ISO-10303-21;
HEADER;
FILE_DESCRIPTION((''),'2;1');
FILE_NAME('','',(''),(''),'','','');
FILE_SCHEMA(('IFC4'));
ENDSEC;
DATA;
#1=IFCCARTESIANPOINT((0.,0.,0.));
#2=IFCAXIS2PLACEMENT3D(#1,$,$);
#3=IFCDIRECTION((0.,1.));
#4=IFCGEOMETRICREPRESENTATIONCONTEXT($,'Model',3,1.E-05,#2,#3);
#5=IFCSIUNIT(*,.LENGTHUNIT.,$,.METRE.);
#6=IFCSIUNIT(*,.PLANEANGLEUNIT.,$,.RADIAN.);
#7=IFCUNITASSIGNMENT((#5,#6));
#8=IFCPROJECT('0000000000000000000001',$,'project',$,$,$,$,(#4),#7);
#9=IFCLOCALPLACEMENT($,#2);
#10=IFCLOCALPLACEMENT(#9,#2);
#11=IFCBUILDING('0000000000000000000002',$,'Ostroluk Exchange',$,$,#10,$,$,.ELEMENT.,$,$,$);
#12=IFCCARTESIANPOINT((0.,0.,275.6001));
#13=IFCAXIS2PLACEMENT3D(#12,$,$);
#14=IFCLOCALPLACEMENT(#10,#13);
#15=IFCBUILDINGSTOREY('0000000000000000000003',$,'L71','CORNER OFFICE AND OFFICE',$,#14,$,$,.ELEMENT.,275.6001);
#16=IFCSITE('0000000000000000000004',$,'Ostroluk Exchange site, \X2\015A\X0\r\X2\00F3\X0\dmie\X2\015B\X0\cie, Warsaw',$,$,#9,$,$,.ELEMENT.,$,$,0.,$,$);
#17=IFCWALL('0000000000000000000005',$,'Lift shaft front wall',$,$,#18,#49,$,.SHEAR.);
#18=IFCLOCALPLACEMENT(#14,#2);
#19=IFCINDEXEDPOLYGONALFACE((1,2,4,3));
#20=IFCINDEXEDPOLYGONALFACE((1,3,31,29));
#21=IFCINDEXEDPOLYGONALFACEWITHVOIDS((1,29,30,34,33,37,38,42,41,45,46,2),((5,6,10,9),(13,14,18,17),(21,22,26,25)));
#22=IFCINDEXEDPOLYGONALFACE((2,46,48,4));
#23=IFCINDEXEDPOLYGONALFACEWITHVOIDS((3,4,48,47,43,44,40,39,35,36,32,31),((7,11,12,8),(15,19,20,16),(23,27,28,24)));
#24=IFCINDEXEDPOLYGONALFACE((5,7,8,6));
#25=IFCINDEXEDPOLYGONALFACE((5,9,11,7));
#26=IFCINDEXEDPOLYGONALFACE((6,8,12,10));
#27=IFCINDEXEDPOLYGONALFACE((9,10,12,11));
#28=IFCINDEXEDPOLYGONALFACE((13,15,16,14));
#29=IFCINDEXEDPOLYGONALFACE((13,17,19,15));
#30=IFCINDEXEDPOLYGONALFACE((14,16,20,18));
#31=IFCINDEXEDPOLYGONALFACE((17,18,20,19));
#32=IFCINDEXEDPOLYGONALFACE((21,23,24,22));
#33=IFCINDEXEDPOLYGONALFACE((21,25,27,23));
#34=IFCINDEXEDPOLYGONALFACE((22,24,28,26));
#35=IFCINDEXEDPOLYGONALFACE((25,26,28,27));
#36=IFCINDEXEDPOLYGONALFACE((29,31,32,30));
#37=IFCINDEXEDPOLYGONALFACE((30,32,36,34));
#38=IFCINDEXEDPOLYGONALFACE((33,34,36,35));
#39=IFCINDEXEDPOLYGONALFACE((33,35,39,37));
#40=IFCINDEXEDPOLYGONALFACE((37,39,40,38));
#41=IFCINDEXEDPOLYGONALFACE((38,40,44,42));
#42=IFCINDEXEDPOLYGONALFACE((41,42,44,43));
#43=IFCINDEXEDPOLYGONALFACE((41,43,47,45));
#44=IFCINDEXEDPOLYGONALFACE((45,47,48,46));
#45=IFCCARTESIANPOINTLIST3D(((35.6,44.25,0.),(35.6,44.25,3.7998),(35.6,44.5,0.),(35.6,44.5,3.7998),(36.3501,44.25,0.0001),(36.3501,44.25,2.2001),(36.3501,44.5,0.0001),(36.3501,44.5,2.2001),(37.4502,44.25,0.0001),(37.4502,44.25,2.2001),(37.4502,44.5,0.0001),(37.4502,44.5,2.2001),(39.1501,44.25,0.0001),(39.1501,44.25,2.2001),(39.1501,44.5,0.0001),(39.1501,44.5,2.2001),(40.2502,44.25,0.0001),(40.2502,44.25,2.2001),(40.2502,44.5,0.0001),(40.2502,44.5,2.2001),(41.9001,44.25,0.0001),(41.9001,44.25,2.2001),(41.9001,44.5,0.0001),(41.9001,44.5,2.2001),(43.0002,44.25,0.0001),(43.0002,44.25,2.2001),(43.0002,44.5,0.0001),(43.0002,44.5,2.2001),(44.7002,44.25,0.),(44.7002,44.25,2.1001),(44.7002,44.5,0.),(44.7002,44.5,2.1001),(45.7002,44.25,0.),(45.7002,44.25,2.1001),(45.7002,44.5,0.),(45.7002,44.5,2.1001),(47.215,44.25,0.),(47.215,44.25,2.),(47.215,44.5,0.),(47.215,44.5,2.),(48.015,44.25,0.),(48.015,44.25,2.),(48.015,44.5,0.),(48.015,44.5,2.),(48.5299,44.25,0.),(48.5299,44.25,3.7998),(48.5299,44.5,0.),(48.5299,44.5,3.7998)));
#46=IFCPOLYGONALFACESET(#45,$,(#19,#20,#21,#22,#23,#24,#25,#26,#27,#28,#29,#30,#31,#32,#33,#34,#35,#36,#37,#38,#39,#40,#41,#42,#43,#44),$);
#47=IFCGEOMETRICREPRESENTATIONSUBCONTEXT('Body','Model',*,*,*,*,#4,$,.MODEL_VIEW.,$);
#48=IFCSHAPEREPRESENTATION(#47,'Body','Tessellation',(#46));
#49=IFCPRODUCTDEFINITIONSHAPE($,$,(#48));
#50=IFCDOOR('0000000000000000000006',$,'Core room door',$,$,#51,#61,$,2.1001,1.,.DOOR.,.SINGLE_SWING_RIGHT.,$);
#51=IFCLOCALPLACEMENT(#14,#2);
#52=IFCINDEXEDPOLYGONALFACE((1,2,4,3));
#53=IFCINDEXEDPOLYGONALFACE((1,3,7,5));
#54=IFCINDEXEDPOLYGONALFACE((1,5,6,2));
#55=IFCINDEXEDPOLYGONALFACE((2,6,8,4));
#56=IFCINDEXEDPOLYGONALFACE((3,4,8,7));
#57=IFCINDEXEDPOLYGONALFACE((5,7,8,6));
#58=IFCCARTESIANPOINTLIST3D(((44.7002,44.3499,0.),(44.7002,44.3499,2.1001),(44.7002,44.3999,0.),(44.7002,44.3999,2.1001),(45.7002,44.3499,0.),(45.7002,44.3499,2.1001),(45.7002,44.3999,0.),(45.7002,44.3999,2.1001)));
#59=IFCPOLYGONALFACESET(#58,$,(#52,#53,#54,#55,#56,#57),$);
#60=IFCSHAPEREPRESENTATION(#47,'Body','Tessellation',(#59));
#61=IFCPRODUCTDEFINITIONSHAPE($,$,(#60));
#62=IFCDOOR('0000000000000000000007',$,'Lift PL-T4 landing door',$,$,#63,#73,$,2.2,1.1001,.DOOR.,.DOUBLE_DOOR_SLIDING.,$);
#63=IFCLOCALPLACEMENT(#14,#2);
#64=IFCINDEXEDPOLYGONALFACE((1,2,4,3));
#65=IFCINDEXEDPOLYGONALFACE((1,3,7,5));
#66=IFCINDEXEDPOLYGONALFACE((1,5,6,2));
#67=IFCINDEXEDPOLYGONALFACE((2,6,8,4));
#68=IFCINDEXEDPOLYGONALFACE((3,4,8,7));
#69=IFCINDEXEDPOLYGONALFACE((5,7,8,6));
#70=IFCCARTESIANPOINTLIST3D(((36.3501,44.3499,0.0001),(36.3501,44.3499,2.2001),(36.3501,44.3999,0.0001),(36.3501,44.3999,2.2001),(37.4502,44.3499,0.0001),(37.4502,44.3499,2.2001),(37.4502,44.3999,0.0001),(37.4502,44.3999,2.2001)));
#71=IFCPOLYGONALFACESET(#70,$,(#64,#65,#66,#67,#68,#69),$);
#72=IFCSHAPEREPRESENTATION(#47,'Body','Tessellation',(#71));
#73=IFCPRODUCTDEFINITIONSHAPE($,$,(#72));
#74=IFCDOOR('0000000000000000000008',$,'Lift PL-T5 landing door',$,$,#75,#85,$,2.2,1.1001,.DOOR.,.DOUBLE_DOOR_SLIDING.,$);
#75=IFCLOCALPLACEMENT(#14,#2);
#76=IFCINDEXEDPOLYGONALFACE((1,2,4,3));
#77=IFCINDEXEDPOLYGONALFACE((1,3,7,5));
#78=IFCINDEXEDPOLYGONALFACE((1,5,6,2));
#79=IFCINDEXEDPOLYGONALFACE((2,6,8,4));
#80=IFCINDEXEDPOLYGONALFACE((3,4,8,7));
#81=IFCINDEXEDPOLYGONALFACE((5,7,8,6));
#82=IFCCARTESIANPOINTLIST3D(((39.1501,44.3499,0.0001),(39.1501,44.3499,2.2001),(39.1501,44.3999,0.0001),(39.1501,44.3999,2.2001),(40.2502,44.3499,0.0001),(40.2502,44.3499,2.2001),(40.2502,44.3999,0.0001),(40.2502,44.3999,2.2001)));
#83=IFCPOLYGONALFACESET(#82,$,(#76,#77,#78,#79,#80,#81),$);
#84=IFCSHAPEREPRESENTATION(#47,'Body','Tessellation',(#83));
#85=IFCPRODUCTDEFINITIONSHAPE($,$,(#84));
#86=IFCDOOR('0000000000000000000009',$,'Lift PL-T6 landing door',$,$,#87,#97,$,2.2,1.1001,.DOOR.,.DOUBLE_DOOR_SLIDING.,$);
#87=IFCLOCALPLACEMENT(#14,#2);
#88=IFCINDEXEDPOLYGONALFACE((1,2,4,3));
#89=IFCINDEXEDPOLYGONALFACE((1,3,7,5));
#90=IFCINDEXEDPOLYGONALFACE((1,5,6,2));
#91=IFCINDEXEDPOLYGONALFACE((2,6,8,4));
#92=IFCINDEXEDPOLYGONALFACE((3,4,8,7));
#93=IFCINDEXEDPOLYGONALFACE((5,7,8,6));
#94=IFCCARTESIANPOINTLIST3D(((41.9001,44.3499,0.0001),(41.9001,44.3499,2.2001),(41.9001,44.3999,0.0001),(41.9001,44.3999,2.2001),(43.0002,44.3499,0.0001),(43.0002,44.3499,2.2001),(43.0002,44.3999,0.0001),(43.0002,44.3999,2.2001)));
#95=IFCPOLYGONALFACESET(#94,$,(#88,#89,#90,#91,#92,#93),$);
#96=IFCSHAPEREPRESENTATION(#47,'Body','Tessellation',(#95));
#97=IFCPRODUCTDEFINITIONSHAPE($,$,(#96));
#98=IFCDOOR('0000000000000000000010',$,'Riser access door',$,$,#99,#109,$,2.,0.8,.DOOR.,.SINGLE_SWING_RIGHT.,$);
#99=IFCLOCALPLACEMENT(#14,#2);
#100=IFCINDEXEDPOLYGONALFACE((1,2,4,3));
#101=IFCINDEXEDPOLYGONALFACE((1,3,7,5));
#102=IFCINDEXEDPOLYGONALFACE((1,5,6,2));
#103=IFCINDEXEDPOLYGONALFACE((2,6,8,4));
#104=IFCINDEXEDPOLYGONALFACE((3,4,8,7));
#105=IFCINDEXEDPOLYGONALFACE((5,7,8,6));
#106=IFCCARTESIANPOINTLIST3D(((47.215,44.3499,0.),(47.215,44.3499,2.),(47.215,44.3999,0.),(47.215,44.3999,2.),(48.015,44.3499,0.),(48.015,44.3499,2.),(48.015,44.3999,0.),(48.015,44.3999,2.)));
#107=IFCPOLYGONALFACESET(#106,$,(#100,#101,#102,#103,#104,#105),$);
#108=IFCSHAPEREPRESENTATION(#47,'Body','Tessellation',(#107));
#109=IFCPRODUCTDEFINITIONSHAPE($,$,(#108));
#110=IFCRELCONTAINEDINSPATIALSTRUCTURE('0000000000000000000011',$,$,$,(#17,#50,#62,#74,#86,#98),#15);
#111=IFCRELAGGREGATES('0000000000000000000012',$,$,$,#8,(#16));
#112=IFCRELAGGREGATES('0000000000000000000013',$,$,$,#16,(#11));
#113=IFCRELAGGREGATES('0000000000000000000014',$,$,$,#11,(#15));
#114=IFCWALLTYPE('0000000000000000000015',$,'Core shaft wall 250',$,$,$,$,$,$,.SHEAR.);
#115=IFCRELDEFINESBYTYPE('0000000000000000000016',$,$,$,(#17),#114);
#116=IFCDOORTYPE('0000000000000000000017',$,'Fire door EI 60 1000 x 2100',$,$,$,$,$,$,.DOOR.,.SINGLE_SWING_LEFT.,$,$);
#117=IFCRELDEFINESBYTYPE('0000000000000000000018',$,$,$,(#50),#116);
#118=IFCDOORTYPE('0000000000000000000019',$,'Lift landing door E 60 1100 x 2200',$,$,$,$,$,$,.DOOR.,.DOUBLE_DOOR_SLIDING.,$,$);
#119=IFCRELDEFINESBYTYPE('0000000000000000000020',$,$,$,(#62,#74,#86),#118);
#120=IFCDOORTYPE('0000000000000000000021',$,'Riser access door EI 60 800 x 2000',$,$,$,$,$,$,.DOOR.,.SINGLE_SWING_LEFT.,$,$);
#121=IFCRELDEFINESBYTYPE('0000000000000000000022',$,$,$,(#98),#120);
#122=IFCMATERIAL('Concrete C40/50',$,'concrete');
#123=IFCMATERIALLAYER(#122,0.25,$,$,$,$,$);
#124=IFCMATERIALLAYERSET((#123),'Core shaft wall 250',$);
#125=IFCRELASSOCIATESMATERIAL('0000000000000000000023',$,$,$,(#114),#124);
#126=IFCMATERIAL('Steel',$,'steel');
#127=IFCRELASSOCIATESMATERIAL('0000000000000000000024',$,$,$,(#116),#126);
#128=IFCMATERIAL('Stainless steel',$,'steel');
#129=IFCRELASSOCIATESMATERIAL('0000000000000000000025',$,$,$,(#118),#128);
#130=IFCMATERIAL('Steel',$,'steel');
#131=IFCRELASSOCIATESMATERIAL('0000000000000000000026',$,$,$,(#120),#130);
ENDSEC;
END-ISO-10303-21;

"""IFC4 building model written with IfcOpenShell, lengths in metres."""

from ifc_helpers import new_model, si_unit, direction, frame, frame_2d, origin, place, context, subcontext, project, spatial, rectangle, extrude, material, layer, layer_set, type_object, element, fill, save


model = new_model("IFC4")

# Units and contexts
model_context = context("Model", 3, precision=1e-05, world=origin(), true_north=direction((0.0, 1.0)))
body_context = subcontext(model_context, "Body", "Model", "MODEL_VIEW")
ifc_project = project(units=[si_unit("LENGTHUNIT", "METRE"), si_unit("PLANEANGLEUNIT", "RADIAN")], contexts=[model_context])

# Site, building, storey
site_placement = place(None, origin())
site = spatial("IfcSite", under=ifc_project, at=site_placement, Name="Ostroluk Exchange site, Śródmieście, Warsaw", CompositionType="ELEMENT", RefElevation=0.0)
building_placement = place(site_placement, origin())
building = spatial("IfcBuilding", under=site, at=building_placement, Name="Ostroluk Exchange", CompositionType="ELEMENT")
storey_placement = place(building_placement, frame((0.0, 0.0, 275.6001)))
storey = spatial("IfcBuildingStorey", under=building, at=storey_placement, Name="L71", Description="CORNER OFFICE AND OFFICE", CompositionType="ELEMENT", Elevation=275.6001)

# Shared definitions
ifc_material_1 = material(Name="Concrete C40/50", Category="concrete")
ifc_layer = layer(ifc_material_1, 0.25)
ifc_layer_set = layer_set([ifc_layer], Name="Core shaft wall 250")
wall_type = type_object("IfcWallType", Name="Core shaft wall 250", PredefinedType="SHEAR", material=ifc_layer_set)

# Wall, openings, doors
ifc_material_2 = material(Name="Steel", Category="steel")
door_type_1 = type_object("IfcDoorType", Name="Fire door EI 60 1000 x 2100", OperationType="SINGLE_SWING_LEFT", PredefinedType="DOOR", material=ifc_material_2)
ifc_material_3 = material(Name="Stainless steel", Category="steel")
door_type_2 = type_object("IfcDoorType", Name="Lift landing door E 60 1100 x 2200", OperationType="DOUBLE_DOOR_SLIDING", PredefinedType="DOOR", material=ifc_material_3)
ifc_material_4 = material(Name="Steel", Category="steel")
door_type_3 = type_object("IfcDoorType", Name="Riser access door EI 60 800 x 2000", OperationType="SINGLE_SWING_LEFT", PredefinedType="DOOR", material=ifc_material_4)
wall_1_placement = place(storey_placement, frame((35.6001, 44.375, 0.0), z_axis=(0.0, 0.0, 1.0), x_axis=(1.0, 0.0, 0.0)))
wall_1 = element("IfcWall", 1, at=wall_1_placement, inside=storey, type_object=wall_type, Name="Lift shaft front wall", PredefinedType="SHEAR", context=body_context, shape_type="SweptSolid", body=[
    extrude(rectangle(XDim=12.9299, YDim=0.25, at=frame_2d((6.4648, 0.0))), origin(), (0.0, 0.0, 1.0), 3.7998),
])
opening_1_placement = place(wall_1_placement, frame((0.75, 0.0, 0.0)))
opening_1 = element("IfcOpeningElement", 2, at=opening_1_placement, cuts=wall_1, PredefinedType="OPENING", context=body_context, shape_type="SweptSolid", body=[
    extrude(rectangle(XDim=1.1001, YDim=2.2, at=frame_2d((0.55, 1.1001))), frame((0.0, 0.135, 0.0), z_axis=(0.0, -1.0, 0.0), x_axis=(1.0, 0.0, 0.0)), (0.0, 0.0, 1.0), 0.27),
])
opening_2_placement = place(wall_1_placement, frame((3.55, 0.0, 0.0)))
opening_2 = element("IfcOpeningElement", 3, at=opening_2_placement, cuts=wall_1, PredefinedType="OPENING", context=body_context, shape_type="SweptSolid", body=[
    extrude(rectangle(XDim=1.1001, YDim=2.2, at=frame_2d((0.55, 1.1001))), frame((0.0, 0.135, 0.0), z_axis=(0.0, -1.0, 0.0), x_axis=(1.0, 0.0, 0.0)), (0.0, 0.0, 1.0), 0.27),
])
opening_3_placement = place(wall_1_placement, frame((6.3, 0.0, 0.0)))
opening_3 = element("IfcOpeningElement", 4, at=opening_3_placement, cuts=wall_1, PredefinedType="OPENING", context=body_context, shape_type="SweptSolid", body=[
    extrude(rectangle(XDim=1.1001, YDim=2.2, at=frame_2d((0.55, 1.1001))), frame((0.0, 0.135, 0.0), z_axis=(0.0, -1.0, 0.0), x_axis=(1.0, 0.0, 0.0)), (0.0, 0.0, 1.0), 0.27),
])
opening_4_placement = place(wall_1_placement, frame((9.1001, 0.0, 0.0)))
opening_4 = element("IfcOpeningElement", 5, at=opening_4_placement, cuts=wall_1, PredefinedType="OPENING", context=body_context, shape_type="SweptSolid", body=[
    extrude(rectangle(XDim=1.0, YDim=2.1001, at=frame_2d((0.5, 1.05))), frame((0.0, 0.135, 0.0), z_axis=(0.0, -1.0, 0.0), x_axis=(1.0, 0.0, 0.0)), (0.0, 0.0, 1.0), 0.27),
])
opening_5_placement = place(wall_1_placement, frame((11.615, 0.0, 0.0)))
opening_5 = element("IfcOpeningElement", 6, at=opening_5_placement, cuts=wall_1, PredefinedType="OPENING", context=body_context, shape_type="SweptSolid", body=[
    extrude(rectangle(XDim=0.8, YDim=2.0, at=frame_2d((0.3999, 1.0))), frame((0.0, 0.135, 0.0), z_axis=(0.0, -1.0, 0.0), x_axis=(1.0, 0.0, 0.0)), (0.0, 0.0, 1.0), 0.27),
])
door_1_placement = place(opening_4_placement, origin())
door_1 = element("IfcDoor", 7, at=door_1_placement, inside=storey, type_object=door_type_1, Name="Core room door", OperationType="SINGLE_SWING_RIGHT", OverallHeight=2.1001, OverallWidth=1.0, PredefinedType="DOOR", context=body_context, shape_type="SweptSolid", body=[
    extrude(rectangle(XDim=1.0, YDim=2.1001, at=frame_2d((0.5, 1.05))), frame((0.0, 0.0249, 0.0), z_axis=(0.0, -1.0, 0.0), x_axis=(1.0, 0.0, 0.0)), (0.0, 0.0, 1.0), 0.05),
])
fill(opening_4, door_1)
door_2_placement = place(opening_1_placement, origin())
door_2 = element("IfcDoor", 8, at=door_2_placement, inside=storey, type_object=door_type_2, Name="Lift PL-T4 landing door", OperationType="DOUBLE_DOOR_SLIDING", OverallHeight=2.2, OverallWidth=1.1001, PredefinedType="DOOR", context=body_context, shape_type="SweptSolid", body=[
    extrude(rectangle(XDim=1.1001, YDim=2.2, at=frame_2d((0.55, 1.1001))), frame((0.0, 0.0249, 0.0), z_axis=(0.0, -1.0, 0.0), x_axis=(1.0, 0.0, 0.0)), (0.0, 0.0, 1.0), 0.05),
])
fill(opening_1, door_2)
door_3_placement = place(opening_2_placement, origin())
door_3 = element("IfcDoor", 9, at=door_3_placement, inside=storey, type_object=door_type_2, Name="Lift PL-T5 landing door", OperationType="DOUBLE_DOOR_SLIDING", OverallHeight=2.2, OverallWidth=1.1001, PredefinedType="DOOR", context=body_context, shape_type="SweptSolid", body=[
    extrude(rectangle(XDim=1.1001, YDim=2.2, at=frame_2d((0.55, 1.1001))), frame((0.0, 0.0249, 0.0), z_axis=(0.0, -1.0, 0.0), x_axis=(1.0, 0.0, 0.0)), (0.0, 0.0, 1.0), 0.05),
])
fill(opening_2, door_3)
door_4_placement = place(opening_3_placement, origin())
door_4 = element("IfcDoor", 10, at=door_4_placement, inside=storey, type_object=door_type_2, Name="Lift PL-T6 landing door", OperationType="DOUBLE_DOOR_SLIDING", OverallHeight=2.2, OverallWidth=1.1001, PredefinedType="DOOR", context=body_context, shape_type="SweptSolid", body=[
    extrude(rectangle(XDim=1.1001, YDim=2.2, at=frame_2d((0.55, 1.1001))), frame((0.0, 0.0249, 0.0), z_axis=(0.0, -1.0, 0.0), x_axis=(1.0, 0.0, 0.0)), (0.0, 0.0, 1.0), 0.05),
])
fill(opening_3, door_4)
door_5_placement = place(opening_5_placement, origin())
door_5 = element("IfcDoor", 11, at=door_5_placement, inside=storey, type_object=door_type_3, Name="Riser access door", OperationType="SINGLE_SWING_RIGHT", OverallHeight=2.0, OverallWidth=0.8, PredefinedType="DOOR", context=body_context, shape_type="SweptSolid", body=[
    extrude(rectangle(XDim=0.8, YDim=2.0, at=frame_2d((0.3999, 1.0))), frame((0.0, 0.0249, 0.0), z_axis=(0.0, -1.0, 0.0), x_axis=(1.0, 0.0, 0.0)), (0.0, 0.0, 1.0), 0.05),
])
fill(opening_5, door_5)

save(model, "model.ifc")
